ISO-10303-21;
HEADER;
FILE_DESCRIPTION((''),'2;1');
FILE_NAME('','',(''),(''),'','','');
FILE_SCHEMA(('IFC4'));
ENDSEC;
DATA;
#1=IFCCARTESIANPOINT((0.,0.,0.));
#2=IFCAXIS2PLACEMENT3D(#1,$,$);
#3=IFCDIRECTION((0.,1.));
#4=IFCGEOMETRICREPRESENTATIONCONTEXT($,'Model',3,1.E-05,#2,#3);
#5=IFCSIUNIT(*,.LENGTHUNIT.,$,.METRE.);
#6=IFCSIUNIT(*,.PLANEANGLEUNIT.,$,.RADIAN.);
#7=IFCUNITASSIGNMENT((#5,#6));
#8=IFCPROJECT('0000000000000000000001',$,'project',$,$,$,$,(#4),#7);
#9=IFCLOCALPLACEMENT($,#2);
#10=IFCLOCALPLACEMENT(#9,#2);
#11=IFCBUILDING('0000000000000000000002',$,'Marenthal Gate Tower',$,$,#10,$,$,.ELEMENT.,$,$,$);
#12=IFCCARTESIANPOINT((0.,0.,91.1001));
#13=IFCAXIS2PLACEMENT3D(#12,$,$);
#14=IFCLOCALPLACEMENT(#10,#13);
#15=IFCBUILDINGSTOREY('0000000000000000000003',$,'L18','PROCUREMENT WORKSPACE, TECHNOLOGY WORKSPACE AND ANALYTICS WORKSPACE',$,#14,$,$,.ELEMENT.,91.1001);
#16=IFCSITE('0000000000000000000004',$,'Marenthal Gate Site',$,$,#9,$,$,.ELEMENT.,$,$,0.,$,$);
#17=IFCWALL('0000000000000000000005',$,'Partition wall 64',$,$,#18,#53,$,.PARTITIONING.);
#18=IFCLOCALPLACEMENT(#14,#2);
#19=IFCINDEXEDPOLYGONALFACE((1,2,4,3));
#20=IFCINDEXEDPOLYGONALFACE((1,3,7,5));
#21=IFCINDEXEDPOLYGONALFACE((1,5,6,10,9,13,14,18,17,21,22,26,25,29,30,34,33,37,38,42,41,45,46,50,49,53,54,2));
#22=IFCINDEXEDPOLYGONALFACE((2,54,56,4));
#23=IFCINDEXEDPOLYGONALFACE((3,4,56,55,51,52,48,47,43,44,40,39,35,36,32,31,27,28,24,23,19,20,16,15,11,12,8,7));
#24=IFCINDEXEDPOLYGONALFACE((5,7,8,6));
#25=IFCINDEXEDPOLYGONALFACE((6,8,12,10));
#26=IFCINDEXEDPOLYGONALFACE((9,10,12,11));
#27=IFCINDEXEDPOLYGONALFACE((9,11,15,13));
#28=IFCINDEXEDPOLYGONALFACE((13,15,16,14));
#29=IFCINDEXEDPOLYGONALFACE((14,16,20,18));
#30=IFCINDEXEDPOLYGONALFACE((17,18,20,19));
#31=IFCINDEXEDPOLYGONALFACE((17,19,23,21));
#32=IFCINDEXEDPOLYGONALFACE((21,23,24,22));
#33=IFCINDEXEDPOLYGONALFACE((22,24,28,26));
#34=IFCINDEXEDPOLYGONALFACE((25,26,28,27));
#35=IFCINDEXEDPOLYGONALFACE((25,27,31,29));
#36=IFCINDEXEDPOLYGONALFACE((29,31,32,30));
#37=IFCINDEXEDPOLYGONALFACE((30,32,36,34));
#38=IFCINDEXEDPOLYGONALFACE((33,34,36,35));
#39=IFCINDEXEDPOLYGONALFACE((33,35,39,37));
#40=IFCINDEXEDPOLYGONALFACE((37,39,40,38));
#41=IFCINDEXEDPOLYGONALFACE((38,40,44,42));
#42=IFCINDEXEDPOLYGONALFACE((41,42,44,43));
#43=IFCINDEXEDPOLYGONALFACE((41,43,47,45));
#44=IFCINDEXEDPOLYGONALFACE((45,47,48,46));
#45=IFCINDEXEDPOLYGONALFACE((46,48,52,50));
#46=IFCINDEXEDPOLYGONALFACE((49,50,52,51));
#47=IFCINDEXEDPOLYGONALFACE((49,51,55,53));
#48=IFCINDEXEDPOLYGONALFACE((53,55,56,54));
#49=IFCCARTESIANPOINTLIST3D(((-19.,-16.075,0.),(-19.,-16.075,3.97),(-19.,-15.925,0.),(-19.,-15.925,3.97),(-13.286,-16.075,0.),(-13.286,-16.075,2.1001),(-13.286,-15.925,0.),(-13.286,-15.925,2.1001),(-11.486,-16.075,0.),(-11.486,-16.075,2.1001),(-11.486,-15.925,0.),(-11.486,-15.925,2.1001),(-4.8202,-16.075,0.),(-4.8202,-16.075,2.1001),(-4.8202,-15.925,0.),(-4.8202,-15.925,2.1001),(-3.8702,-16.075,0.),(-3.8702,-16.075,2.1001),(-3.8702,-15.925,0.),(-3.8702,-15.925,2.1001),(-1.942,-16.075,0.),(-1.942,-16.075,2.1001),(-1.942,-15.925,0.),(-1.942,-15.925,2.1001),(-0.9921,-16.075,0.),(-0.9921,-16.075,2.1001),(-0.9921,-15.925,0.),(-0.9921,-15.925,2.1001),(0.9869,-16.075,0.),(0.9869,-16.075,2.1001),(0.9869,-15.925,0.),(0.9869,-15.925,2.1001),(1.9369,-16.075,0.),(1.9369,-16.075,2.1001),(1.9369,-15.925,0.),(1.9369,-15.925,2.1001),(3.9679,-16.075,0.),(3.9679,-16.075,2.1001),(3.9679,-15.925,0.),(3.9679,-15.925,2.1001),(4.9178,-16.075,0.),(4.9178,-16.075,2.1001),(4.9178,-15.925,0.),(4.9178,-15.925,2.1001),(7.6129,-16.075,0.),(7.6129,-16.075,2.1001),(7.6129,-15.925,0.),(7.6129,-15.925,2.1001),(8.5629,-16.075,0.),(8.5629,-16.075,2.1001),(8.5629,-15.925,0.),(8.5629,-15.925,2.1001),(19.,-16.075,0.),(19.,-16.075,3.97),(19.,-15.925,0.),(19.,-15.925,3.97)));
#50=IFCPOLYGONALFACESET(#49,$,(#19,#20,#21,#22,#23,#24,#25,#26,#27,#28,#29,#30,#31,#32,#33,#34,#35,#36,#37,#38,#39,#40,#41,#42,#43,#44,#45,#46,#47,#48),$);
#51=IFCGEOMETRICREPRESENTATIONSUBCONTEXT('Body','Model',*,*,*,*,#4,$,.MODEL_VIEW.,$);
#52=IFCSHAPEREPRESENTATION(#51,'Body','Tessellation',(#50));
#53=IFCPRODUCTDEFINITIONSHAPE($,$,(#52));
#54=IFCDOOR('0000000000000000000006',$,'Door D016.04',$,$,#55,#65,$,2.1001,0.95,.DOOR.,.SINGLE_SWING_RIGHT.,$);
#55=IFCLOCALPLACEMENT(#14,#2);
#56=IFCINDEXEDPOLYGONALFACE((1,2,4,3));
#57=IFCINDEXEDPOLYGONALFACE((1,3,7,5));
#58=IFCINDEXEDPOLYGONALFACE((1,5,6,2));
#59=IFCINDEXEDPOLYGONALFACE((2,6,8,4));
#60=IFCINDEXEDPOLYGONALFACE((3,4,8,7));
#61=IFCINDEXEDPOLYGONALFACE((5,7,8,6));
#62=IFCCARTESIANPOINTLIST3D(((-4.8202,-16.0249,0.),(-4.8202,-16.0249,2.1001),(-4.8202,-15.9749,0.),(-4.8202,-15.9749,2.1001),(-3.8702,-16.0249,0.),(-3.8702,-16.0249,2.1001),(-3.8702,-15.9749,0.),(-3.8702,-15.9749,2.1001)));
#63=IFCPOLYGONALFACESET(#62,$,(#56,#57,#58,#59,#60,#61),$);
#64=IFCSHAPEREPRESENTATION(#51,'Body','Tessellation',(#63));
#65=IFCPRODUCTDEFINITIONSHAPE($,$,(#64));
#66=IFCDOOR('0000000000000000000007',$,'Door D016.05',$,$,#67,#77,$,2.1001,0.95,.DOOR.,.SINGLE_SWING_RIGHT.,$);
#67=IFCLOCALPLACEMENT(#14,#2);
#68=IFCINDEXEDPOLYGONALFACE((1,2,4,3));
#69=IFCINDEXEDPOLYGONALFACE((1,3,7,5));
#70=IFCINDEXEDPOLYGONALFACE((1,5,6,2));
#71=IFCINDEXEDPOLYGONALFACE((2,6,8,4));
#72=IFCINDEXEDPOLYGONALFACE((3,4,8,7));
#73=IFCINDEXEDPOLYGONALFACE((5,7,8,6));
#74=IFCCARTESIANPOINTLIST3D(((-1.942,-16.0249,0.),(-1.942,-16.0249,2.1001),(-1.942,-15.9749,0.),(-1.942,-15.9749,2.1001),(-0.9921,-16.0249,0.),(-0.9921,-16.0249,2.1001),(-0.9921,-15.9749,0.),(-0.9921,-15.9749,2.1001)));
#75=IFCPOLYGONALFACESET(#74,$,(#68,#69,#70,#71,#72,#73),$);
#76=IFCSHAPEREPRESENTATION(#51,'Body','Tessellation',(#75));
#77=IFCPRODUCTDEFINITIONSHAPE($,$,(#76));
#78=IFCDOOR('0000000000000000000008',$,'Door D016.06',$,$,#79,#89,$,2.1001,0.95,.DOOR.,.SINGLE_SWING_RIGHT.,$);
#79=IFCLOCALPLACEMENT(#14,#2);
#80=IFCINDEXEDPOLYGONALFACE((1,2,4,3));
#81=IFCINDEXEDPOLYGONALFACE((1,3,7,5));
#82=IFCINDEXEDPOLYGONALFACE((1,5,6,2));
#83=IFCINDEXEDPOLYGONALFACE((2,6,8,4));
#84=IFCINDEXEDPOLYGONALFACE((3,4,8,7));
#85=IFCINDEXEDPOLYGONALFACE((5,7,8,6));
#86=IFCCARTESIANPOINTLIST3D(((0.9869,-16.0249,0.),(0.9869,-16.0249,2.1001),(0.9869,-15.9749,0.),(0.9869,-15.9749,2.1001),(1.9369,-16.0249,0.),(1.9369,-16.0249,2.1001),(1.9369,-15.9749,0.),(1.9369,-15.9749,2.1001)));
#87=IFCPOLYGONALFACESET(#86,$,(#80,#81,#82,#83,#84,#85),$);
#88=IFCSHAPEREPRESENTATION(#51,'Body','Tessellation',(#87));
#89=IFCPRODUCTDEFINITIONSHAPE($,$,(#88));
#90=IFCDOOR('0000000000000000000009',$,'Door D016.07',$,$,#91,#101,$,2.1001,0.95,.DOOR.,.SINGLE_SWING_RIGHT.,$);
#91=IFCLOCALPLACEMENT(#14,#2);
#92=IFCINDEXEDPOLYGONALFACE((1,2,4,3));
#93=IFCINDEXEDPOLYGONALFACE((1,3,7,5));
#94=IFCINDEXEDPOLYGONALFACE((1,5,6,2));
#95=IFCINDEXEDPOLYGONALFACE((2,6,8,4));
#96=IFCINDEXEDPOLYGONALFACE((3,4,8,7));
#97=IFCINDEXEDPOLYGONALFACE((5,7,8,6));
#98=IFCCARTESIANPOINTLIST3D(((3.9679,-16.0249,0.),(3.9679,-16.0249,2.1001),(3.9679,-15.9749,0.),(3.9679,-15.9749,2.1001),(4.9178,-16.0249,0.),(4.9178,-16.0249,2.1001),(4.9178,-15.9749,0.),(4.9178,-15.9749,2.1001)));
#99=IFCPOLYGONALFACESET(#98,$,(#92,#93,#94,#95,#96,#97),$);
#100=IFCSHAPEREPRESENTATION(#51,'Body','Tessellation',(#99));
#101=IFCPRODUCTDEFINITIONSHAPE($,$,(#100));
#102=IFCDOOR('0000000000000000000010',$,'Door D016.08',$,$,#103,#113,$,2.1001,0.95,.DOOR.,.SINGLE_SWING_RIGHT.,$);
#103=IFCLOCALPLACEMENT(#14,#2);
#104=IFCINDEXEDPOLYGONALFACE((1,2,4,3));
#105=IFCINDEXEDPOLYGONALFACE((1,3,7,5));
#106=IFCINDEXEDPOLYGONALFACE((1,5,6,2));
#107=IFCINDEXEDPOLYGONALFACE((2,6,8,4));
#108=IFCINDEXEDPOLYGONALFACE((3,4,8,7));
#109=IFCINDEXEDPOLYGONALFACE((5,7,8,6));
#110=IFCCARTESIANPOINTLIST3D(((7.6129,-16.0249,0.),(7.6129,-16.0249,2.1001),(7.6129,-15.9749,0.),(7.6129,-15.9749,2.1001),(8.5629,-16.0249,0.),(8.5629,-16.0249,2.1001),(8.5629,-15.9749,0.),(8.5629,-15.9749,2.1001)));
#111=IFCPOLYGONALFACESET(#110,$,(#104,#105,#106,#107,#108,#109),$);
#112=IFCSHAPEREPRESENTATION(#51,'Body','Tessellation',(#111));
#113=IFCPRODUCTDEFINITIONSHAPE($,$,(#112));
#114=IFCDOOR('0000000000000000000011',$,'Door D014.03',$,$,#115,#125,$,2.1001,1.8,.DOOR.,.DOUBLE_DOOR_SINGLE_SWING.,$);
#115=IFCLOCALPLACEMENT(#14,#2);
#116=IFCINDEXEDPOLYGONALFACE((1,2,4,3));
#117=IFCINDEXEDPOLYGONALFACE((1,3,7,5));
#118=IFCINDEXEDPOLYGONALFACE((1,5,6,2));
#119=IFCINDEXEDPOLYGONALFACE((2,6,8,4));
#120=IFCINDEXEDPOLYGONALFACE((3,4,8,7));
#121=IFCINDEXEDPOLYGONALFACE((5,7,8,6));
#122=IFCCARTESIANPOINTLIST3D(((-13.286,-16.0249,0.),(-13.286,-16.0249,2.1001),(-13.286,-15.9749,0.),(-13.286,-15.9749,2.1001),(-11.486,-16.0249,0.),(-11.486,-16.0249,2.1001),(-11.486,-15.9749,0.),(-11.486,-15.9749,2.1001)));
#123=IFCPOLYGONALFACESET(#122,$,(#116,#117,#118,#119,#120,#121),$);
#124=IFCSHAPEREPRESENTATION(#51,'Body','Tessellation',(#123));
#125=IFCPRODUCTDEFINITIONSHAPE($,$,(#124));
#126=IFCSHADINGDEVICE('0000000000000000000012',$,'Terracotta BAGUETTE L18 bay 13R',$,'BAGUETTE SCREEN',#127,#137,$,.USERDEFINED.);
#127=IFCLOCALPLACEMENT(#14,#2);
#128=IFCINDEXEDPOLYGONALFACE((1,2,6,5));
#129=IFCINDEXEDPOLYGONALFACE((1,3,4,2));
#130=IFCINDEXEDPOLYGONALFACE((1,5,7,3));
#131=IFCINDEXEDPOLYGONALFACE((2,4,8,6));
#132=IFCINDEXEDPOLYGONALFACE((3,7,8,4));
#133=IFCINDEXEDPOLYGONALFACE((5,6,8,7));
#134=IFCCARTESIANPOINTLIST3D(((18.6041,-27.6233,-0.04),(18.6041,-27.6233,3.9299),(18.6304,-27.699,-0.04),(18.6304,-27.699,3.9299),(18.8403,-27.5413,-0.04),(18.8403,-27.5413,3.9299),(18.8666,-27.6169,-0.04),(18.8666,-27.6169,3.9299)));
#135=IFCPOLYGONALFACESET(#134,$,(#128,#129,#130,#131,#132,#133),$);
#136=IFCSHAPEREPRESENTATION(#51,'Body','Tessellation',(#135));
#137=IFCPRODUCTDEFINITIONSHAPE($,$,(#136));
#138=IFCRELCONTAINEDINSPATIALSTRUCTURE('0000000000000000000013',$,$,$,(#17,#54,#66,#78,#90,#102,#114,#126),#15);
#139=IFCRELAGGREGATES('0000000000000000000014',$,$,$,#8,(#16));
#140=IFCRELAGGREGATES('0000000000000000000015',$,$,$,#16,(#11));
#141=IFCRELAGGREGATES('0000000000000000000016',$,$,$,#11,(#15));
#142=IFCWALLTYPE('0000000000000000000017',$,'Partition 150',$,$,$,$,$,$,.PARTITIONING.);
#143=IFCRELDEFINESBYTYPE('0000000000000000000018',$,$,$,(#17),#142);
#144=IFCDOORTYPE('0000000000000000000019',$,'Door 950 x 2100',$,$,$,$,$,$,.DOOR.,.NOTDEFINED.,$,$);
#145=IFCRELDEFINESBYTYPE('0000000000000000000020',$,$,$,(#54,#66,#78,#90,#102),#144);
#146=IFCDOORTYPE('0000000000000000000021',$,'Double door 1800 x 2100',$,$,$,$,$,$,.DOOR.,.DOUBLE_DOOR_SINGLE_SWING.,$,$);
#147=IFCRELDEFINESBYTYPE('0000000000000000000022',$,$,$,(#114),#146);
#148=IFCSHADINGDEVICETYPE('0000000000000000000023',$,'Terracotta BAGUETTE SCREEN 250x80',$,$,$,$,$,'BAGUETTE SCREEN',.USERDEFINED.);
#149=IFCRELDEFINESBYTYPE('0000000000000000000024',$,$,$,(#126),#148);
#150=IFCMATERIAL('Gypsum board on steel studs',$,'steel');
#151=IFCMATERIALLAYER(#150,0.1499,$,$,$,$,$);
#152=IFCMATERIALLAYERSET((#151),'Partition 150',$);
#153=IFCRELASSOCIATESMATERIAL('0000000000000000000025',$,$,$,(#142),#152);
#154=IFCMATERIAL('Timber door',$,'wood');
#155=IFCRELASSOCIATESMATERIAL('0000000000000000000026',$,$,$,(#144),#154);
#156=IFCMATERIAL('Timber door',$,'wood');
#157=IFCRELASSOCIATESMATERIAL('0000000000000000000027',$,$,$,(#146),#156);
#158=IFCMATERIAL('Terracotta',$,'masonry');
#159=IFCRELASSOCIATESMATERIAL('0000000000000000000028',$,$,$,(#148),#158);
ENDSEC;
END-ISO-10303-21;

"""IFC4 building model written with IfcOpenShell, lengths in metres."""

from ifc_helpers import new_model, si_unit, direction, frame, frame_2d, origin, origin_2d, place, context, subcontext, project, spatial, rectangle, extrude, material, layer, layer_set, material_profile, profile_set, type_object, element, fill, save


model = new_model("IFC4")

# Units and contexts
model_context = context("Model", 3, precision=1e-05, world=origin(), true_north=direction((0.0, 1.0)))
body_context = subcontext(model_context, "Body", "Model", "MODEL_VIEW")
ifc_project = project(units=[si_unit("LENGTHUNIT", "METRE"), si_unit("PLANEANGLEUNIT", "RADIAN")], contexts=[model_context])

# Site, building, storey
site_placement = place(None, origin())
site = spatial("IfcSite", under=ifc_project, at=site_placement, Name="Marenthal Gate Site", CompositionType="ELEMENT", RefElevation=0.0)
building_placement = place(site_placement, origin())
building = spatial("IfcBuilding", under=site, at=building_placement, Name="Marenthal Gate Tower", CompositionType="ELEMENT")
storey_placement = place(building_placement, frame((0.0, 0.0, 91.1001)))
storey = spatial("IfcBuildingStorey", under=building, at=storey_placement, Name="L18", Description="PROCUREMENT WORKSPACE, TECHNOLOGY WORKSPACE AND ANALYTICS WORKSPACE", CompositionType="ELEMENT", Elevation=91.1001)

# Wall, openings, doors
ifc_material_1 = material(Name="Gypsum board on steel studs", Category="steel")
ifc_layer_1 = layer(ifc_material_1, 0.1499)
ifc_layer_set_1 = layer_set([ifc_layer_1], Name="Partition 150")
wall_type_1 = type_object("IfcWallType", Name="Partition 150", PredefinedType="PARTITIONING", material=ifc_layer_set_1)
wall_1_placement = place(storey_placement, frame((19.0, -16.0, 0.0), z_axis=(0.0, 0.0, 1.0), x_axis=(-1.0, 0.0, 0.0)))
wall_1 = element("IfcWall", 1, at=wall_1_placement, inside=storey, type_object=wall_type_1, Name="Partition wall 64", PredefinedType="PARTITIONING", context=body_context, shape_type="SweptSolid", body=[
    extrude(rectangle(XDim=38.0, YDim=0.1499, at=frame_2d((19.0, 0.0))), origin(), (0.0, 0.0, 1.0), 3.97),
])
opening_1_placement = place(wall_1_placement, frame((30.4861, 0.0, 0.0)))
opening_1 = element("IfcOpeningElement", 2, at=opening_1_placement, cuts=wall_1, PredefinedType="OPENING", context=body_context, shape_type="SweptSolid", body=[
    extrude(rectangle(XDim=1.8, YDim=2.1001, at=frame_2d((0.8999, 1.05))), frame((0.0, 0.085, 0.0), z_axis=(0.0, -1.0, 0.0), x_axis=(1.0, 0.0, 0.0)), (0.0, 0.0, 1.0), 0.1699),
])
opening_2_placement = place(wall_1_placement, frame((22.8701, 0.0, 0.0)))
opening_2 = element("IfcOpeningElement", 3, at=opening_2_placement, cuts=wall_1, PredefinedType="OPENING", context=body_context, shape_type="SweptSolid", body=[
    extrude(rectangle(XDim=0.95, YDim=2.1001, at=frame_2d((0.4751, 1.05))), frame((0.0, 0.085, 0.0), z_axis=(0.0, -1.0, 0.0), x_axis=(1.0, 0.0, 0.0)), (0.0, 0.0, 1.0), 0.1699),
])
opening_3_placement = place(wall_1_placement, frame((19.9919, 0.0, 0.0)))
opening_3 = element("IfcOpeningElement", 4, at=opening_3_placement, cuts=wall_1, PredefinedType="OPENING", context=body_context, shape_type="SweptSolid", body=[
    extrude(rectangle(XDim=0.95, YDim=2.1001, at=frame_2d((0.4751, 1.05))), frame((0.0, 0.085, 0.0), z_axis=(0.0, -1.0, 0.0), x_axis=(1.0, 0.0, 0.0)), (0.0, 0.0, 1.0), 0.1699),
])
opening_4_placement = place(wall_1_placement, frame((17.063, 0.0, 0.0)))
opening_4 = element("IfcOpeningElement", 5, at=opening_4_placement, cuts=wall_1, PredefinedType="OPENING", context=body_context, shape_type="SweptSolid", body=[
    extrude(rectangle(XDim=0.95, YDim=2.1001, at=frame_2d((0.4751, 1.05))), frame((0.0, 0.085, 0.0), z_axis=(0.0, -1.0, 0.0), x_axis=(1.0, 0.0, 0.0)), (0.0, 0.0, 1.0), 0.1699),
])
opening_5_placement = place(wall_1_placement, frame((14.082, 0.0, 0.0)))
opening_5 = element("IfcOpeningElement", 6, at=opening_5_placement, cuts=wall_1, PredefinedType="OPENING", context=body_context, shape_type="SweptSolid", body=[
    extrude(rectangle(XDim=0.95, YDim=2.1001, at=frame_2d((0.4751, 1.05))), frame((0.0, 0.085, 0.0), z_axis=(0.0, -1.0, 0.0), x_axis=(1.0, 0.0, 0.0)), (0.0, 0.0, 1.0), 0.1699),
])
opening_6_placement = place(wall_1_placement, frame((10.437, 0.0, 0.0)))
opening_6 = element("IfcOpeningElement", 7, at=opening_6_placement, cuts=wall_1, PredefinedType="OPENING", context=body_context, shape_type="SweptSolid", body=[
    extrude(rectangle(XDim=0.95, YDim=2.1001, at=frame_2d((0.4751, 1.05))), frame((0.0, 0.085, 0.0), z_axis=(0.0, -1.0, 0.0), x_axis=(1.0, 0.0, 0.0)), (0.0, 0.0, 1.0), 0.1699),
])
ifc_material_2 = material(Name="Timber door", Category="wood")
door_type_1 = type_object("IfcDoorType", Name="Door 950 x 2100", OperationType="NOTDEFINED", PredefinedType="DOOR", material=ifc_material_2)
door_1_placement = place(opening_2_placement, origin())
door_1 = element("IfcDoor", 8, at=door_1_placement, inside=storey, type_object=door_type_1, Name="Door D016.04", OperationType="SINGLE_SWING_RIGHT", OverallHeight=2.1001, OverallWidth=0.95, PredefinedType="DOOR", context=body_context, shape_type="SweptSolid", body=[
    extrude(rectangle(XDim=0.95, YDim=2.1001, at=frame_2d((0.4751, 1.05))), frame((0.0, 0.0249, 0.0), z_axis=(0.0, -1.0, 0.0), x_axis=(1.0, 0.0, 0.0)), (0.0, 0.0, 1.0), 0.05),
])
fill(opening_2, door_1)
door_2_placement = place(opening_3_placement, origin())
door_2 = element("IfcDoor", 9, at=door_2_placement, inside=storey, type_object=door_type_1, Name="Door D016.05", OperationType="SINGLE_SWING_RIGHT", OverallHeight=2.1001, OverallWidth=0.95, PredefinedType="DOOR", context=body_context, shape_type="SweptSolid", body=[
    extrude(rectangle(XDim=0.95, YDim=2.1001, at=frame_2d((0.4751, 1.05))), frame((0.0, 0.0249, 0.0), z_axis=(0.0, -1.0, 0.0), x_axis=(1.0, 0.0, 0.0)), (0.0, 0.0, 1.0), 0.05),
])
fill(opening_3, door_2)
door_3_placement = place(opening_4_placement, origin())
door_3 = element("IfcDoor", 10, at=door_3_placement, inside=storey, type_object=door_type_1, Name="Door D016.06", OperationType="SINGLE_SWING_RIGHT", OverallHeight=2.1001, OverallWidth=0.95, PredefinedType="DOOR", context=body_context, shape_type="SweptSolid", body=[
    extrude(rectangle(XDim=0.95, YDim=2.1001, at=frame_2d((0.4751, 1.05))), frame((0.0, 0.0249, 0.0), z_axis=(0.0, -1.0, 0.0), x_axis=(1.0, 0.0, 0.0)), (0.0, 0.0, 1.0), 0.05),
])
fill(opening_4, door_3)
door_4_placement = place(opening_5_placement, origin())
door_4 = element("IfcDoor", 11, at=door_4_placement, inside=storey, type_object=door_type_1, Name="Door D016.07", OperationType="SINGLE_SWING_RIGHT", OverallHeight=2.1001, OverallWidth=0.95, PredefinedType="DOOR", context=body_context, shape_type="SweptSolid", body=[
    extrude(rectangle(XDim=0.95, YDim=2.1001, at=frame_2d((0.4751, 1.05))), frame((0.0, 0.0249, 0.0), z_axis=(0.0, -1.0, 0.0), x_axis=(1.0, 0.0, 0.0)), (0.0, 0.0, 1.0), 0.05),
])
fill(opening_5, door_4)
door_5_placement = place(opening_6_placement, origin())
door_5 = element("IfcDoor", 12, at=door_5_placement, inside=storey, type_object=door_type_1, Name="Door D016.08", OperationType="SINGLE_SWING_RIGHT", OverallHeight=2.1001, OverallWidth=0.95, PredefinedType="DOOR", context=body_context, shape_type="SweptSolid", body=[
    extrude(rectangle(XDim=0.95, YDim=2.1001, at=frame_2d((0.4751, 1.05))), frame((0.0, 0.0249, 0.0), z_axis=(0.0, -1.0, 0.0), x_axis=(1.0, 0.0, 0.0)), (0.0, 0.0, 1.0), 0.05),
])
fill(opening_6, door_5)
ifc_material_3 = material(Name="Timber door", Category="wood")
door_type_2 = type_object("IfcDoorType", Name="Double door 1800 x 2100", OperationType="DOUBLE_DOOR_SINGLE_SWING", PredefinedType="DOOR", material=ifc_material_3)
door_6_placement = place(opening_1_placement, origin())
door_6 = element("IfcDoor", 13, at=door_6_placement, inside=storey, type_object=door_type_2, Name="Door D014.03", OperationType="DOUBLE_DOOR_SINGLE_SWING", OverallHeight=2.1001, OverallWidth=1.8, PredefinedType="DOOR", context=body_context, shape_type="SweptSolid", body=[
    extrude(rectangle(XDim=1.8, YDim=2.1001, at=frame_2d((0.8999, 1.05))), frame((0.0, 0.0249, 0.0), z_axis=(0.0, -1.0, 0.0), x_axis=(1.0, 0.0, 0.0)), (0.0, 0.0, 1.0), 0.05),
])
fill(opening_1, door_6)

# Shading device
ifc_material_4 = material(Name="Terracotta", Category="masonry")
ifc_material_profile_1 = material_profile(ifc_material_4, rectangle(XDim=0.25, YDim=0.0801, at=origin_2d()), Name="Terracotta baguette 250x80")
ifc_profile_set_1 = profile_set([ifc_material_profile_1], Name="Terracotta")
shading_device_type = type_object("IfcShadingDeviceType", Name="Terracotta BAGUETTE SCREEN 250x80", ElementType="BAGUETTE SCREEN", PredefinedType="USERDEFINED", material=ifc_profile_set_1)
shading_device_placement = place(storey_placement, frame((18.7354, -27.6201, -0.04), z_axis=(0.0, 0.0, 1.0), x_axis=(0.944634, 0.328125, 0.0)))
element("IfcShadingDevice", 14, at=shading_device_placement, inside=storey, type_object=shading_device_type, Name="Terracotta BAGUETTE L18 bay 13R", ObjectType="BAGUETTE SCREEN", PredefinedType="USERDEFINED", context=body_context, shape_type="SweptSolid", body=[
    extrude(rectangle(XDim=0.25, YDim=0.0801, at=origin_2d()), origin(), (0.0, 0.0, 1.0), 3.97),
])

save(model, "model.ifc")
